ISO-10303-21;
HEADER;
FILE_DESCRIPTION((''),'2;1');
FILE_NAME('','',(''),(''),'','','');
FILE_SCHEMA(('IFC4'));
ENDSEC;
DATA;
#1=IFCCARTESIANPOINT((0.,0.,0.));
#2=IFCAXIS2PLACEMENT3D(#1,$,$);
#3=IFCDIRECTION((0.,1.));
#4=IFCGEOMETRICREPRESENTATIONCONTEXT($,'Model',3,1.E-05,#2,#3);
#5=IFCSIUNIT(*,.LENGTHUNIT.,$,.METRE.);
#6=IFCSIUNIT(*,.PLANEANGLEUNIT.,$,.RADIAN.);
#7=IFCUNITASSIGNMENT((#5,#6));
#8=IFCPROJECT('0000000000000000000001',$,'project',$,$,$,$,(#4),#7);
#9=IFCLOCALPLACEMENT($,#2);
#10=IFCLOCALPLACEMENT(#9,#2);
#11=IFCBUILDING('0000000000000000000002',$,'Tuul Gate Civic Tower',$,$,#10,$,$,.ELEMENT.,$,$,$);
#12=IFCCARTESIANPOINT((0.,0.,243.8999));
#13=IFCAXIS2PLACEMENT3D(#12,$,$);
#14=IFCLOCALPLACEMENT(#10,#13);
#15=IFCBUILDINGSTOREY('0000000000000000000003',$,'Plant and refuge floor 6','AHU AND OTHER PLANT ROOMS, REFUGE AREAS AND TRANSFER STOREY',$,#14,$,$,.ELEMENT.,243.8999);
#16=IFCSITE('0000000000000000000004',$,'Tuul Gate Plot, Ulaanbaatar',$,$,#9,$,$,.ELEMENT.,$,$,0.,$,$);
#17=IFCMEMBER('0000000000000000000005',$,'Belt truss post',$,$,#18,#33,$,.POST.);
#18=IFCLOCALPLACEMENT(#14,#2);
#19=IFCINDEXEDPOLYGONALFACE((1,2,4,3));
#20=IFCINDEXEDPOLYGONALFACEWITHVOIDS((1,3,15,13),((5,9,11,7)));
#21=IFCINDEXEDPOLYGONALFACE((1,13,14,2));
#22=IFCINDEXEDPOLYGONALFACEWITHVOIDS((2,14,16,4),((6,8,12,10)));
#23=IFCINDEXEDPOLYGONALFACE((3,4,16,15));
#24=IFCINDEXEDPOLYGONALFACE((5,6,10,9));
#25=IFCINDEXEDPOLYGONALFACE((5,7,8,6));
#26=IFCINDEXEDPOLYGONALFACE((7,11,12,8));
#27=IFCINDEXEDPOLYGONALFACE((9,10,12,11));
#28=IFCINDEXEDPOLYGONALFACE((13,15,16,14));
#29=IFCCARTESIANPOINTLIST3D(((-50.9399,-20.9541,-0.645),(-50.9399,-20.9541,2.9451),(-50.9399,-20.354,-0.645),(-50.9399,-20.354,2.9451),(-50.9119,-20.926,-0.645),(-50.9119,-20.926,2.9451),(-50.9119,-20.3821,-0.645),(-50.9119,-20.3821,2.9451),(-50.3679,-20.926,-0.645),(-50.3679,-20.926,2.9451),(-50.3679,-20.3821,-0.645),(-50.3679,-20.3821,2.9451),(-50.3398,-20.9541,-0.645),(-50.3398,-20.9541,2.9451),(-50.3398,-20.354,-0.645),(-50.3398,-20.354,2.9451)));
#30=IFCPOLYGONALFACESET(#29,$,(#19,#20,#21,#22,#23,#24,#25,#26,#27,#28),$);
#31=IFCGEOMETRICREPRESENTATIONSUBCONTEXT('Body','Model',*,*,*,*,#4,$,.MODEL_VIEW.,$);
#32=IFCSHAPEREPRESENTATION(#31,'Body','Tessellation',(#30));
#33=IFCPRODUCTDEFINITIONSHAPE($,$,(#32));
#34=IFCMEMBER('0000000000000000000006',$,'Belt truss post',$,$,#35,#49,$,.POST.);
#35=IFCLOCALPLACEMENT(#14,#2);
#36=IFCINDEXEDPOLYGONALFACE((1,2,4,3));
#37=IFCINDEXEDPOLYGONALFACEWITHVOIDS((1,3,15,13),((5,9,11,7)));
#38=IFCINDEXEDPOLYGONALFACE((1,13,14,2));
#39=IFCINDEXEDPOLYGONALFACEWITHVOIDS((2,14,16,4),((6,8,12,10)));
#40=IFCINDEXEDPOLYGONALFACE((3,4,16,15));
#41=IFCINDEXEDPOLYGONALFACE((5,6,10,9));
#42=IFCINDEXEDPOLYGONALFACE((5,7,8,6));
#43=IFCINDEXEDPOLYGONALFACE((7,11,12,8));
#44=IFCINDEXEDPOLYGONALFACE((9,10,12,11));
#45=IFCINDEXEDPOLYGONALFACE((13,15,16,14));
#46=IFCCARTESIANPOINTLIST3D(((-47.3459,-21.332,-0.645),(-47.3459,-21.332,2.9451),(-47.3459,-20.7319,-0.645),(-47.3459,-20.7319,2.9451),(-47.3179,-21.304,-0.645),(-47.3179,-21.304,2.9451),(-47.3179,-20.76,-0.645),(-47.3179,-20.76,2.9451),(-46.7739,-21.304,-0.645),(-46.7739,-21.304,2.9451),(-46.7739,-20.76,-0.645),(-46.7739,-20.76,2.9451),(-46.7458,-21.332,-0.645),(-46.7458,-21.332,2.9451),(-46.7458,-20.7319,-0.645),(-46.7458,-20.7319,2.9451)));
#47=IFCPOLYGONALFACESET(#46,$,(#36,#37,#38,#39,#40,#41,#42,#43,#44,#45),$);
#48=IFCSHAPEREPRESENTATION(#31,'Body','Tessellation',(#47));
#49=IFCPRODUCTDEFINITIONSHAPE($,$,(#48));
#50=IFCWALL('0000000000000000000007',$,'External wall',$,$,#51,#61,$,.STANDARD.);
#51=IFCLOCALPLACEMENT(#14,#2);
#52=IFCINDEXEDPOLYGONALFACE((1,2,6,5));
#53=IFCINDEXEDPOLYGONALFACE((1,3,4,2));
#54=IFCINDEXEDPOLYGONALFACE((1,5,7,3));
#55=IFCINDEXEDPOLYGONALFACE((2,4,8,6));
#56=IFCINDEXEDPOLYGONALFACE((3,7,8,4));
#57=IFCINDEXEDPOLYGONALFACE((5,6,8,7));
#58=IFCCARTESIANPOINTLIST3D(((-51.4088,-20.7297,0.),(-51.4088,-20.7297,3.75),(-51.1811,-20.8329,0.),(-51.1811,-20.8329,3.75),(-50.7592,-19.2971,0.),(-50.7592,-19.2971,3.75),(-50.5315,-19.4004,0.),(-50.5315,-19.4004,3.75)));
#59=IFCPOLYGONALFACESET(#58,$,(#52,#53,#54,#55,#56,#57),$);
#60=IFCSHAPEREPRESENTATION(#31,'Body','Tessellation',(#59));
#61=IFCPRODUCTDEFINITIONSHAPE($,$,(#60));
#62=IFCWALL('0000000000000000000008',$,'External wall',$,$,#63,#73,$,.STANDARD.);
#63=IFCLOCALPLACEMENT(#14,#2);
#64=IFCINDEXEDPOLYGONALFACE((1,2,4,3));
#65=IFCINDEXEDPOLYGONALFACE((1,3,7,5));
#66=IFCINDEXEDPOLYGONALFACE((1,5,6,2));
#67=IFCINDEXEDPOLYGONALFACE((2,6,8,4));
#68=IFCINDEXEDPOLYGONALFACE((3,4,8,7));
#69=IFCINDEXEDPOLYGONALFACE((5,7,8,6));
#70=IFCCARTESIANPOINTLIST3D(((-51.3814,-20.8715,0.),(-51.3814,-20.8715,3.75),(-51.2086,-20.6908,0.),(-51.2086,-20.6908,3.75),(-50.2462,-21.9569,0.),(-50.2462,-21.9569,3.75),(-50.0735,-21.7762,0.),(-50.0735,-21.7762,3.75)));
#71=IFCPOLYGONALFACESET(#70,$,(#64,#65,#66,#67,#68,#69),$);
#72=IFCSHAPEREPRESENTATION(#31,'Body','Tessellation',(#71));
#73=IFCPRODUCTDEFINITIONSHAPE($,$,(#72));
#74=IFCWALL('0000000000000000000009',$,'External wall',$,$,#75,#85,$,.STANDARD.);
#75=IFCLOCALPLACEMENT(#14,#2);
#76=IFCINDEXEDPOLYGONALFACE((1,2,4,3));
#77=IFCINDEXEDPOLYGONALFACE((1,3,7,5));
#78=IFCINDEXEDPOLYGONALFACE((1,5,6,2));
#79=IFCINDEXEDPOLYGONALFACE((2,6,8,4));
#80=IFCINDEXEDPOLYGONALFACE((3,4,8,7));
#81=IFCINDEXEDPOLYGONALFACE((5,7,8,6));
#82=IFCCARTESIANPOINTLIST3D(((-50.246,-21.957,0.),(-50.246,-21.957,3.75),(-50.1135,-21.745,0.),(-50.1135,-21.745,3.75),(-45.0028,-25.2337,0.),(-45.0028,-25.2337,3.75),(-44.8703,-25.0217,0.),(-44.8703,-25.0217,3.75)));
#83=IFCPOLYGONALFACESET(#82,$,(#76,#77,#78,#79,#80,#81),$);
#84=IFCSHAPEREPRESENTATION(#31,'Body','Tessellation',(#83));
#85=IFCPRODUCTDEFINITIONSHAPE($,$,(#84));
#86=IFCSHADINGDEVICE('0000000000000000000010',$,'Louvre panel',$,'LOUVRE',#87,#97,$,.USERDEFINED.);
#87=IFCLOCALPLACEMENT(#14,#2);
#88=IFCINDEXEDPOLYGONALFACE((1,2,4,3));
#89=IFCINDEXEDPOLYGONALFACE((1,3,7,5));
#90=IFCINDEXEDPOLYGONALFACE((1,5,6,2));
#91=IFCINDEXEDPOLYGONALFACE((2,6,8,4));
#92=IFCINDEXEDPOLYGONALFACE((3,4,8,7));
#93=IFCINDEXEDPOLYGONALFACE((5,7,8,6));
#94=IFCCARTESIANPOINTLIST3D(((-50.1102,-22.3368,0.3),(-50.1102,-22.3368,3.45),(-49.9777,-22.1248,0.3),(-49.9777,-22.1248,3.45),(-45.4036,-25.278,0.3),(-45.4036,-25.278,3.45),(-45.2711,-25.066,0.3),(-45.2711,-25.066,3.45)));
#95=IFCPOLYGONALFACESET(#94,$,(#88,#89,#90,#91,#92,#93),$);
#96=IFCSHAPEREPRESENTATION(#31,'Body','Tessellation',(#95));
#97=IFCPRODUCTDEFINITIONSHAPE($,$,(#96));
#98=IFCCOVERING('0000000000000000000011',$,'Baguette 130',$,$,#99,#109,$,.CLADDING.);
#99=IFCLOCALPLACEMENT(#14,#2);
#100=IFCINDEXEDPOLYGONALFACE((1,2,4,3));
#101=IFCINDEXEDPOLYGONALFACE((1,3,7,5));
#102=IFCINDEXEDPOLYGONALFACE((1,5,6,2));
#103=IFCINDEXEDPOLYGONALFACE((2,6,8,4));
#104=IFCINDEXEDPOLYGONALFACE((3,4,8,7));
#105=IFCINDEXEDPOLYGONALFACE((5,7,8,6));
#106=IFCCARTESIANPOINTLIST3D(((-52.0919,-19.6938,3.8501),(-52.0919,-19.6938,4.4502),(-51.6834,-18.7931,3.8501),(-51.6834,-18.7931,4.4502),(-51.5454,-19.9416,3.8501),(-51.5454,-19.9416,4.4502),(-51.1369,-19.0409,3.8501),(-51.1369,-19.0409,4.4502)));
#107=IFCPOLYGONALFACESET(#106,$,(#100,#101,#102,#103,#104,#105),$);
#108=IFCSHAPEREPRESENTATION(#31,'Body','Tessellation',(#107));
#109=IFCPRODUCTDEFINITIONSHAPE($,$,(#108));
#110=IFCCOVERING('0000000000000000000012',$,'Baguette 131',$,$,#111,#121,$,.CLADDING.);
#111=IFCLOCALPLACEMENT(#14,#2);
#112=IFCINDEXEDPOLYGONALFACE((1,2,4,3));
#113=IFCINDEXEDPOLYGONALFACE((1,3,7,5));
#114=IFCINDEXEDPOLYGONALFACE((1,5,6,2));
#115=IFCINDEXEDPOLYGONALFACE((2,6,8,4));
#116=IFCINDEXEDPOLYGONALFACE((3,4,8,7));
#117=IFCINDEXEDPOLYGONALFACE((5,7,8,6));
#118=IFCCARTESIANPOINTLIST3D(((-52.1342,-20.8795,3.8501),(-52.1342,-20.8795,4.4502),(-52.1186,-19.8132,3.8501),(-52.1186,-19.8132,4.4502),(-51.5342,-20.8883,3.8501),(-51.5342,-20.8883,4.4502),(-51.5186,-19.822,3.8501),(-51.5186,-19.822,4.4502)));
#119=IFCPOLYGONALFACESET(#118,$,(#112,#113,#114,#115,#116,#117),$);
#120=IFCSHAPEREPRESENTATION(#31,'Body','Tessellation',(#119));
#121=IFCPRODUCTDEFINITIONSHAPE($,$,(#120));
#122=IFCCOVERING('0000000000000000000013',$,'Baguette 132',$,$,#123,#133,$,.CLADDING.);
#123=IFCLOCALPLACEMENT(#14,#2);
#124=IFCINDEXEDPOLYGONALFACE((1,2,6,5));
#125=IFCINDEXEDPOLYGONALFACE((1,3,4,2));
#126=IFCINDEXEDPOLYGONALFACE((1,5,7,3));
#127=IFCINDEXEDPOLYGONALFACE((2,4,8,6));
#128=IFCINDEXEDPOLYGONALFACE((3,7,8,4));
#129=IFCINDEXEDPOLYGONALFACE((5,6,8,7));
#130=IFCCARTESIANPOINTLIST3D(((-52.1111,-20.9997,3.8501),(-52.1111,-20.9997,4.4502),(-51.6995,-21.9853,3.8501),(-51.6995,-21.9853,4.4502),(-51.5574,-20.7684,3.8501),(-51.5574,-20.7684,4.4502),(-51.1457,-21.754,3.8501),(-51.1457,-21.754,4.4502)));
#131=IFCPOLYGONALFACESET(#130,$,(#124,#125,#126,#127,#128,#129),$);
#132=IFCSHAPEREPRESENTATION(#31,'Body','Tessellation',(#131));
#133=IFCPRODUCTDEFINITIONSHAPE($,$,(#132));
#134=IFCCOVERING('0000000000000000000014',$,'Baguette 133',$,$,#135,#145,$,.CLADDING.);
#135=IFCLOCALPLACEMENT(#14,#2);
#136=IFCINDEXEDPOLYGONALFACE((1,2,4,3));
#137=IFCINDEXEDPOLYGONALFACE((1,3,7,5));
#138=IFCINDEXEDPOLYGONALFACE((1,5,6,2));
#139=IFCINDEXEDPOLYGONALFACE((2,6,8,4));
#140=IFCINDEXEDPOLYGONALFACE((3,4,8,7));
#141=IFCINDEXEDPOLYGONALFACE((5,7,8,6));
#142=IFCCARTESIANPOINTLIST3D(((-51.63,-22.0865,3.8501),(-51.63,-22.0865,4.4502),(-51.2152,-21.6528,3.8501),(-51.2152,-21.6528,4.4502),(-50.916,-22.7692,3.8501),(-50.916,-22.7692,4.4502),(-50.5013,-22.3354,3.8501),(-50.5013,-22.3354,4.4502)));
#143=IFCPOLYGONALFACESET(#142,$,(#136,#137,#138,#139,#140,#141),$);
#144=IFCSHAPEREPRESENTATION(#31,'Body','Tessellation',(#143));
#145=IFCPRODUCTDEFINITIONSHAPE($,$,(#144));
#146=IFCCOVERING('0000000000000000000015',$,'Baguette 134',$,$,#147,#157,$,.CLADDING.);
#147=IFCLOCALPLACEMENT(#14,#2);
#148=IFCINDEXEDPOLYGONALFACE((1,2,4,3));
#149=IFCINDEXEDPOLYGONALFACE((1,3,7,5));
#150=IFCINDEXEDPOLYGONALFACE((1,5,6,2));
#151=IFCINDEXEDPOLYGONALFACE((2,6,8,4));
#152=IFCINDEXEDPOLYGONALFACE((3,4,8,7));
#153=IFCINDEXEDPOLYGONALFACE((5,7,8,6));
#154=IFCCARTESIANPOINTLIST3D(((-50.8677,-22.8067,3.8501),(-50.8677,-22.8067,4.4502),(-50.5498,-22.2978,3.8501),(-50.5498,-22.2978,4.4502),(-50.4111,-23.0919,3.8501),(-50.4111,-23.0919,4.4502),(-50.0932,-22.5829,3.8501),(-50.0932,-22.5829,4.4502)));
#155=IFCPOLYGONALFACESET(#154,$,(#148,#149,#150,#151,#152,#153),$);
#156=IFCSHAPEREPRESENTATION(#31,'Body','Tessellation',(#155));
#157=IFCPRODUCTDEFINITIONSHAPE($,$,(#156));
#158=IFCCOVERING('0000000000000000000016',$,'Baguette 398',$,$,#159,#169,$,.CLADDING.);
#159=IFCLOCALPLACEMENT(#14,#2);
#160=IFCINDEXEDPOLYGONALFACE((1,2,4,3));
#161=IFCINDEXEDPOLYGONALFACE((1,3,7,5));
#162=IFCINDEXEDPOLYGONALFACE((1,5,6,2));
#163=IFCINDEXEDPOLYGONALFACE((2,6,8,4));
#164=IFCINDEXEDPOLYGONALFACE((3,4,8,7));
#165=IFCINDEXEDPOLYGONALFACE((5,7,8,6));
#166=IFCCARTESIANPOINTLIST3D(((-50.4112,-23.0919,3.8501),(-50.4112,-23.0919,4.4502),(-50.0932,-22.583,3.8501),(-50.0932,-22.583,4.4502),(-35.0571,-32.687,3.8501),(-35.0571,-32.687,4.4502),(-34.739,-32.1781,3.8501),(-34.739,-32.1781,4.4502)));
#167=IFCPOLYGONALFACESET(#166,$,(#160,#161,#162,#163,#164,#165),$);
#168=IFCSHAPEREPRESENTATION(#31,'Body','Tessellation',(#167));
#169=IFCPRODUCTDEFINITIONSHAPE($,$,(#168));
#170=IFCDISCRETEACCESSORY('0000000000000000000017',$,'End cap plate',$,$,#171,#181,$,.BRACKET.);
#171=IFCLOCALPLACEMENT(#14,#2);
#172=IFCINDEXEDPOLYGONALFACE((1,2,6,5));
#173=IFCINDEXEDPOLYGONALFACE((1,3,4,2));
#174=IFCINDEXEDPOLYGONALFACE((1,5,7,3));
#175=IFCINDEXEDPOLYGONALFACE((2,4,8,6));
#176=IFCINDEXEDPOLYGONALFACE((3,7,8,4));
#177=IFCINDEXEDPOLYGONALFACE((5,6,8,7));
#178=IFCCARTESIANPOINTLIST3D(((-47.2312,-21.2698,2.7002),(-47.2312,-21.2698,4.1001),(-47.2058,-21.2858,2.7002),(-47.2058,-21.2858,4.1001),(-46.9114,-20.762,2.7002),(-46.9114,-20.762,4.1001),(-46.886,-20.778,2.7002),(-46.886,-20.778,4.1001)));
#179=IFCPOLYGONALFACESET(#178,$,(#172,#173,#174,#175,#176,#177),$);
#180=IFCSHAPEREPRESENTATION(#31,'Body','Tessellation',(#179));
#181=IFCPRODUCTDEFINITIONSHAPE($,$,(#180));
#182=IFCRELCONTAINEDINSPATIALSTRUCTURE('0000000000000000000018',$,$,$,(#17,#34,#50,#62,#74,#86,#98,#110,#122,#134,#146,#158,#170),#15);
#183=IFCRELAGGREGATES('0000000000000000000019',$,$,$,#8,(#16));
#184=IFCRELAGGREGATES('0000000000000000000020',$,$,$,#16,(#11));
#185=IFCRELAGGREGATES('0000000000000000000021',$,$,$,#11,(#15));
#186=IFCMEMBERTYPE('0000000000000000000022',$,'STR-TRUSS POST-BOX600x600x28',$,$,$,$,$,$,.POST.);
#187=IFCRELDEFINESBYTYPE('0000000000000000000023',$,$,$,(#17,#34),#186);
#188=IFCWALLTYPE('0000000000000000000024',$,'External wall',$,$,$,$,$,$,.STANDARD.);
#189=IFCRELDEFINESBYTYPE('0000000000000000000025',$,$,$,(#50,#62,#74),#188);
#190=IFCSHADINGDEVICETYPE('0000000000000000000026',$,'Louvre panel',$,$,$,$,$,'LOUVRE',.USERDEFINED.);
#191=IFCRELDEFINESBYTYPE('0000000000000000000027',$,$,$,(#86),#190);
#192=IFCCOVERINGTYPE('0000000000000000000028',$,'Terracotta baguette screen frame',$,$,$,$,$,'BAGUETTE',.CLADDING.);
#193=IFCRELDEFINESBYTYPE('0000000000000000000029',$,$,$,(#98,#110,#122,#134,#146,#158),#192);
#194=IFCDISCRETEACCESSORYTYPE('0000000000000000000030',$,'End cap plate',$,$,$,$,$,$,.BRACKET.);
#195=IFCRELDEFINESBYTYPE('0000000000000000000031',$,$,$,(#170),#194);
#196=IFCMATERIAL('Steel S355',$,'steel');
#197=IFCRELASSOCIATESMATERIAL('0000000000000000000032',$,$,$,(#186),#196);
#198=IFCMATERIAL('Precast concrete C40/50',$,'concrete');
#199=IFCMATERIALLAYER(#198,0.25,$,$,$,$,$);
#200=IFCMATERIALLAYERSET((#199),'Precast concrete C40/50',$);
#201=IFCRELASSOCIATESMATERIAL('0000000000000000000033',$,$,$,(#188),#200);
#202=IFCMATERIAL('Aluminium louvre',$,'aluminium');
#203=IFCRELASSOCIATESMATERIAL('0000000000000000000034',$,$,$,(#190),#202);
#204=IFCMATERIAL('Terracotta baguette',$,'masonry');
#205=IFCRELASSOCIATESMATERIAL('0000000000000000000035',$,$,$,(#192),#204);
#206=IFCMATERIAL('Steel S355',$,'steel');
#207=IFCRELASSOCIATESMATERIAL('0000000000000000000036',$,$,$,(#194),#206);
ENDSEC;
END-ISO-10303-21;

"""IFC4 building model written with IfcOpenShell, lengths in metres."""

from ifc_helpers import new_model, si_unit, direction, frame, frame_2d, origin, origin_2d, place, context, subcontext, project, spatial, rectangle, hollow_rectangle, extrude, material, layer, layer_set, material_profile, profile_set, type_object, element, save


model = new_model("IFC4")

# Units and contexts
model_context = context("Model", 3, precision=1e-05, world=origin(), true_north=direction((0.0, 1.0)))
body_context = subcontext(model_context, "Body", "Model", "MODEL_VIEW")
ifc_project = project(units=[si_unit("LENGTHUNIT", "METRE"), si_unit("PLANEANGLEUNIT", "RADIAN")], contexts=[model_context])

# Site, building, storey
site_placement = place(None, origin())
site = spatial("IfcSite", under=ifc_project, at=site_placement, Name="Tuul Gate Plot, Ulaanbaatar", CompositionType="ELEMENT", RefElevation=0.0)
building_placement = place(site_placement, origin())
building = spatial("IfcBuilding", under=site, at=building_placement, Name="Tuul Gate Civic Tower", CompositionType="ELEMENT")
storey_placement = place(building_placement, frame((0.0, 0.0, 243.8999)))
storey = spatial("IfcBuildingStorey", under=building, at=storey_placement, Name="Plant and refuge floor 6", Description="AHU AND OTHER PLANT ROOMS, REFUGE AREAS AND TRANSFER STOREY", CompositionType="ELEMENT", Elevation=243.8999)

# Members
ifc_material_1 = material(Name="Steel S355", Category="steel")
ifc_material_profile_1 = material_profile(ifc_material_1, hollow_rectangle(XDim=0.6001, YDim=0.6001, WallThickness=0.0281, at=origin_2d()), Name="BOX600x600x28")
ifc_profile_set_1 = profile_set([ifc_material_profile_1], Name="Steel S355")
member_type_1 = type_object("IfcMemberType", Name="STR-TRUSS POST-BOX600x600x28", PredefinedType="POST", material=ifc_profile_set_1)
for number, where, z_axis, x_axis, name in (
    (1, (-50.6399, -20.6541, -0.645), (0.0, 0.0, 1.0), (1.0, 0.0, 0.0), "Belt truss post"),
    (2, (-47.0459, -21.032, -0.645), (0.0, 0.0, 1.0), (1.0, 0.0, 0.0), "Belt truss post"),
):
    element("IfcMember", number, at=place(storey_placement, frame(where, z_axis=z_axis, x_axis=x_axis)), inside=storey, type_object=member_type_1, Name=name, PredefinedType="POST", context=body_context, shape_type="SweptSolid", body=[
        extrude(hollow_rectangle(XDim=0.6001, YDim=0.6001, WallThickness=0.0281, at=origin_2d()), origin(), (0.0, 0.0, 1.0), 3.5901),
    ])

# Walls
ifc_material_2 = material(Name="Precast concrete C40/50", Category="concrete")
ifc_layer = layer(ifc_material_2, 0.25)
ifc_layer_set = layer_set([ifc_layer], Name="Precast concrete C40/50")
wall_type = type_object("IfcWallType", Name="External wall", PredefinedType="STANDARD", material=ifc_layer_set)
wall_1_placement = place(storey_placement, frame((-50.6453, -19.3486, 0.0), z_axis=(0.0, 0.0, 1.0), x_axis=(-0.412996, -0.910733, 0.0)))
element("IfcWall", 3, at=wall_1_placement, inside=storey, type_object=wall_type, Name="External wall", PredefinedType="STANDARD", context=body_context, shape_type="SweptSolid", body=[
    extrude(rectangle(XDim=1.573, YDim=0.25, at=frame_2d((0.7866, 0.0))), origin(), (0.0, 0.0, 1.0), 3.75),
])
wall_2_placement = place(storey_placement, frame((-51.2949, -20.7812, 0.0), z_axis=(0.0, 0.0, 1.0), x_axis=(0.722784, -0.691074, 0.0)))
element("IfcWall", 4, at=wall_2_placement, inside=storey, type_object=wall_type, Name="External wall", PredefinedType="STANDARD", context=body_context, shape_type="SweptSolid", body=[
    extrude(rectangle(XDim=1.5706, YDim=0.25, at=frame_2d((0.7852, 0.0))), origin(), (0.0, 0.0, 1.0), 3.75),
])
wall_3_placement = place(storey_placement, frame((-50.1797, -21.8511, 0.0), z_axis=(0.0, 0.0, 1.0), x_axis=(0.848025, -0.529956, 0.0)))
element("IfcWall", 5, at=wall_3_placement, inside=storey, type_object=wall_type, Name="External wall", PredefinedType="STANDARD", context=body_context, shape_type="SweptSolid", body=[
    extrude(rectangle(XDim=6.1829, YDim=0.25, at=frame_2d((3.0913, 0.0))), origin(), (0.0, 0.0, 1.0), 3.75),
])

# Shading device
ifc_material_3 = material(Name="Aluminium louvre", Category="aluminium")
shading_device_type = type_object("IfcShadingDeviceType", Name="Louvre panel", ElementType="LOUVRE", PredefinedType="USERDEFINED", material=ifc_material_3)
shading_device_placement = place(storey_placement, frame((-47.6907, -23.7014, 0.3), z_axis=(0.0, 0.0, 1.0), x_axis=(-0.52995, -0.848029, 0.0)))
element("IfcShadingDevice", 6, at=shading_device_placement, inside=storey, type_object=shading_device_type, Name="Louvre panel", ObjectType="LOUVRE", PredefinedType="USERDEFINED", context=body_context, shape_type="SweptSolid", body=[
    extrude(rectangle(XDim=0.25, YDim=5.55, at=origin_2d()), origin(), (0.0, 0.0, 1.0), 3.1499),
])

# Coverings
ifc_material_4 = material(Name="Terracotta baguette", Category="masonry")
ifc_material_profile_2 = material_profile(ifc_material_4, rectangle(XDim=0.6001, YDim=0.6001, at=origin_2d()), Name="Terracotta baguette screen frame")
ifc_profile_set_2 = profile_set([ifc_material_profile_2], Name="Terracotta baguette")
covering_type = type_object("IfcCoveringType", Name="Terracotta baguette screen frame", ElementType="BAGUETTE", PredefinedType="CLADDING", material=ifc_profile_set_2)
covering_1_placement = place(storey_placement, frame((-51.4102, -18.917, 4.1501), z_axis=(-0.413022, -0.910721, 0.0), x_axis=(0.910721, -0.413022, 0.0)))
element("IfcCovering", 7, at=covering_1_placement, inside=storey, type_object=covering_type, Name="Baguette 130", PredefinedType="CLADDING", context=body_context, shape_type="SweptSolid", body=[
    extrude(rectangle(XDim=0.6001, YDim=0.6001, at=origin_2d()), origin(), (0.0, 0.0, 1.0), 0.989),
])
covering_2_placement = place(storey_placement, frame((-51.8186, -19.8176, 4.1501), z_axis=(-0.01465, -0.999893, 0.0), x_axis=(0.999893, -0.01465, 0.0)))
element("IfcCovering", 8, at=covering_2_placement, inside=storey, type_object=covering_type, Name="Baguette 131", PredefinedType="CLADDING", context=body_context, shape_type="SweptSolid", body=[
    extrude(rectangle(XDim=0.6001, YDim=0.6001, at=origin_2d()), origin(), (0.0, 0.0, 1.0), 1.0664),
])
covering_3_placement = place(storey_placement, frame((-51.8342, -20.884, 4.1501), z_axis=(0.385378, -0.922759, 0.0), x_axis=(0.922759, 0.385378, 0.0)))
element("IfcCovering", 9, at=covering_3_placement, inside=storey, type_object=covering_type, Name="Baguette 132", PredefinedType="CLADDING", context=body_context, shape_type="SweptSolid", body=[
    extrude(rectangle(XDim=0.6001, YDim=0.6001, at=origin_2d()), origin(), (0.0, 0.0, 1.0), 1.0681),
])
covering_4_placement = place(storey_placement, frame((-51.4226, -21.8696, 4.1501), z_axis=(0.722749, -0.69111, 0.0), x_axis=(0.69111, 0.722749, 0.0)))
element("IfcCovering", 10, at=covering_4_placement, inside=storey, type_object=covering_type, Name="Baguette 133", PredefinedType="CLADDING", context=body_context, shape_type="SweptSolid", body=[
    extrude(rectangle(XDim=0.6001, YDim=0.6001, at=origin_2d()), origin(), (0.0, 0.0, 1.0), 0.9878),
])
covering_5_placement = place(storey_placement, frame((-50.7087, -22.5522, 4.1501), z_axis=(0.848151, -0.529754, 0.0), x_axis=(0.529754, 0.848151, 0.0)))
element("IfcCovering", 11, at=covering_5_placement, inside=storey, type_object=covering_type, Name="Baguette 134", PredefinedType="CLADDING", context=body_context, shape_type="SweptSolid", body=[
    extrude(rectangle(XDim=0.6001, YDim=0.6001, at=origin_2d()), origin(), (0.0, 0.0, 1.0), 0.5383),
])
covering_6_placement = place(storey_placement, frame((-50.2522, -22.8374, 4.1501), z_axis=(0.848028, -0.529952, 0.0), x_axis=(0.529952, 0.848028, 0.0)))
element("IfcCovering", 12, at=covering_6_placement, inside=storey, type_object=covering_type, Name="Baguette 398", PredefinedType="CLADDING", context=body_context, shape_type="SweptSolid", body=[
    extrude(rectangle(XDim=0.6001, YDim=0.6001, at=origin_2d()), origin(), (0.0, 0.0, 1.0), 18.1057),
])

# Discrete accessory
ifc_material_5 = material(Name="Steel S355", Category="steel")
discrete_accessory_type = type_object("IfcDiscreteAccessoryType", Name="End cap plate", PredefinedType="BRACKET", material=ifc_material_5)
discrete_accessory_placement = place(storey_placement, frame((-47.0586, -21.0239, 2.7002), z_axis=(0.0, 0.0, 1.0), x_axis=(0.846132, -0.532973, 0.0)))
element("IfcDiscreteAccessory", 13, at=discrete_accessory_placement, inside=storey, type_object=discrete_accessory_type, Name="End cap plate", PredefinedType="BRACKET", context=body_context, shape_type="SweptSolid", body=[
    extrude(rectangle(XDim=0.03, YDim=0.6001, at=origin_2d()), origin(), (0.0, 0.0, 1.0), 1.3999),
])

save(model, "model.ifc")
